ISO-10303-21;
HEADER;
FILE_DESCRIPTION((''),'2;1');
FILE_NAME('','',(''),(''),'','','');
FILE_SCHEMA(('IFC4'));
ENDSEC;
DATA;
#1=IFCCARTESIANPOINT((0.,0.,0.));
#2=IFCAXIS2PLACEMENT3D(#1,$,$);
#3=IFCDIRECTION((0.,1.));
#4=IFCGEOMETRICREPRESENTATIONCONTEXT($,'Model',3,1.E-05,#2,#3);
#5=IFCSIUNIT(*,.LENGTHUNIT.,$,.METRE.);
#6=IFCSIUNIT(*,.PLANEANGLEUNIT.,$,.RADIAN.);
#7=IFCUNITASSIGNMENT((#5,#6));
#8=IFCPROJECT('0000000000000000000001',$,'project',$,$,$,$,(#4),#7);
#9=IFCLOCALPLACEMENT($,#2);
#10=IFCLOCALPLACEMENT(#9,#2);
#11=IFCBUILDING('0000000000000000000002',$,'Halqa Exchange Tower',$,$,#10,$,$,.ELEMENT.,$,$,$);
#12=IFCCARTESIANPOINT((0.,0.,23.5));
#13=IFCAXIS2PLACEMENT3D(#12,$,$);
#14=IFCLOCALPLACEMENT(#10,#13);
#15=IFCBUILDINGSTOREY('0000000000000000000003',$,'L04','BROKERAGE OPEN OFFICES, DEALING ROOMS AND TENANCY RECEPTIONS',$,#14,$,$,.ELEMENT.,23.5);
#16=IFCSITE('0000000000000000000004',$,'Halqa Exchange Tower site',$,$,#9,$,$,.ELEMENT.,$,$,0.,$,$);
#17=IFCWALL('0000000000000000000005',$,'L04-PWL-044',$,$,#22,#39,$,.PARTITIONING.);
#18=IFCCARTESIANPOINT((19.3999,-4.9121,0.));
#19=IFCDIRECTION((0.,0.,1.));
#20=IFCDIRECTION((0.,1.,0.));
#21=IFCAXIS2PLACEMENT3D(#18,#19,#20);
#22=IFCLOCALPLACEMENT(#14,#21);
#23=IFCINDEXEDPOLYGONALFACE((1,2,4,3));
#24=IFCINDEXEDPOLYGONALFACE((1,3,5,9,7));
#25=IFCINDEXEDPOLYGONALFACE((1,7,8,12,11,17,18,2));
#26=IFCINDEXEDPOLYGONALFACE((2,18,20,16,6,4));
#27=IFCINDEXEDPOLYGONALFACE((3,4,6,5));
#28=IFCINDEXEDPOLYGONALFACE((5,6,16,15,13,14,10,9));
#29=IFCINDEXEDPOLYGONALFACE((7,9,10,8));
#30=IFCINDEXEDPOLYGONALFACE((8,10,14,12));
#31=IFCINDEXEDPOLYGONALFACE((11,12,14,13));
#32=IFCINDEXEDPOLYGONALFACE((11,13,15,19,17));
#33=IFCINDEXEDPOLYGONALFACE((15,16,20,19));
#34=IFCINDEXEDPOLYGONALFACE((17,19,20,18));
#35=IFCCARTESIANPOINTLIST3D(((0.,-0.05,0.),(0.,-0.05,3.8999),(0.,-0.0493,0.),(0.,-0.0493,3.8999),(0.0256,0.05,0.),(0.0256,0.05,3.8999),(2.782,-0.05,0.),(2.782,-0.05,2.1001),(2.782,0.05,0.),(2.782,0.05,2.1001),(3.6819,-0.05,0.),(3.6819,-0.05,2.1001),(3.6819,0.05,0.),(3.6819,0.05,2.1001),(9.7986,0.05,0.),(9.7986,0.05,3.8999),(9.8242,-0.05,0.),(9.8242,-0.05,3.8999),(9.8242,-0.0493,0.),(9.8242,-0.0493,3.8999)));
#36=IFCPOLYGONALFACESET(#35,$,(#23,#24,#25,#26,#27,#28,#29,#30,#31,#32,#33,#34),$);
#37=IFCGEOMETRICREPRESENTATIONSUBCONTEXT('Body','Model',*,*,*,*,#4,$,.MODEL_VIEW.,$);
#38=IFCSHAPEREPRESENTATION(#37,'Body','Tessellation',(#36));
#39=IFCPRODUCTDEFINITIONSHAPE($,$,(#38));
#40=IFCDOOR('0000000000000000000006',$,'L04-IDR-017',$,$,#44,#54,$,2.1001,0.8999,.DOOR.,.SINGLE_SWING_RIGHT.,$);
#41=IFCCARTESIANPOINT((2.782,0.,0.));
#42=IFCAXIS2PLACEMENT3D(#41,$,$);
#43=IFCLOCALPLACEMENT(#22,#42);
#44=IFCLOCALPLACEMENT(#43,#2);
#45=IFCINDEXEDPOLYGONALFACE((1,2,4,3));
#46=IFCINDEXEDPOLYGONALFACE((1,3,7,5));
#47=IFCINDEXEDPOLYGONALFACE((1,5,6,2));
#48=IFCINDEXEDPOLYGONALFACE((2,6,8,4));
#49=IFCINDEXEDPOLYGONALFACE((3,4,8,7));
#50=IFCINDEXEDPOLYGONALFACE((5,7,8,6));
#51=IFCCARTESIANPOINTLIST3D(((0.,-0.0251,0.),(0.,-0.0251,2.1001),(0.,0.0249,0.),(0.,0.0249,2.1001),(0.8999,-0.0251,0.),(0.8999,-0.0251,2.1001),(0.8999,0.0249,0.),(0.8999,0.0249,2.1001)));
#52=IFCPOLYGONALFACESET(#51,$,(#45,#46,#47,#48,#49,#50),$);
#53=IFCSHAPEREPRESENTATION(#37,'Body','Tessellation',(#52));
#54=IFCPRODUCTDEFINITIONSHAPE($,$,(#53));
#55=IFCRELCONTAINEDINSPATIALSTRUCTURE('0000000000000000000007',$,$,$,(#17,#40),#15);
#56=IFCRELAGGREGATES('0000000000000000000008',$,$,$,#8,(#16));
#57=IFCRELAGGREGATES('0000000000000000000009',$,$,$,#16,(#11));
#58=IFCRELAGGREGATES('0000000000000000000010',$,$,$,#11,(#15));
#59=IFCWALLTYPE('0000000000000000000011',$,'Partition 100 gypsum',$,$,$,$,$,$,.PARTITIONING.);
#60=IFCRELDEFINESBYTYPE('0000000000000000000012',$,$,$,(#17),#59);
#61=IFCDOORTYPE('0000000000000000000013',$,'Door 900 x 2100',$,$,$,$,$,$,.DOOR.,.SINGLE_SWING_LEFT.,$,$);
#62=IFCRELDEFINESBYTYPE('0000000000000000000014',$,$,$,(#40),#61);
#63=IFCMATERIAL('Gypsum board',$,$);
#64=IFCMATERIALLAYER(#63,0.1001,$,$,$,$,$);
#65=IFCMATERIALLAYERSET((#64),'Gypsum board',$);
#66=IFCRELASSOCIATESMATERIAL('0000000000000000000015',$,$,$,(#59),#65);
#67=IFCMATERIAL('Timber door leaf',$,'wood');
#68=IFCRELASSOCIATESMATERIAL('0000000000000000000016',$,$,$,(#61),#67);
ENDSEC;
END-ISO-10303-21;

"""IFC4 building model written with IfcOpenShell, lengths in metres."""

from ifc_helpers import new_model, si_unit, direction, frame, frame_2d, origin, place, context, subcontext, project, spatial, polyline, rectangle, outline, extrude, material, layer, layer_set, type_object, element, fill, save


model = new_model("IFC4")

# Units and contexts
model_context = context("Model", 3, precision=1e-05, world=origin(), true_north=direction((0.0, 1.0)))
body_context = subcontext(model_context, "Body", "Model", "MODEL_VIEW")
ifc_project = project(units=[si_unit("LENGTHUNIT", "METRE"), si_unit("PLANEANGLEUNIT", "RADIAN")], contexts=[model_context])

# Site, building, storey
site_placement = place(None, origin())
site = spatial("IfcSite", under=ifc_project, at=site_placement, Name="Halqa Exchange Tower site", CompositionType="ELEMENT", RefElevation=0.0)
building_placement = place(site_placement, origin())
building = spatial("IfcBuilding", under=site, at=building_placement, Name="Halqa Exchange Tower", CompositionType="ELEMENT")
storey_placement = place(building_placement, frame((0.0, 0.0, 23.5)))
storey = spatial("IfcBuildingStorey", under=building, at=storey_placement, Name="L04", Description="BROKERAGE OPEN OFFICES, DEALING ROOMS AND TENANCY RECEPTIONS", CompositionType="ELEMENT", Elevation=23.5)

# Wall, opening, door
ifc_material_1 = material(Name="Gypsum board")
ifc_layer_1 = layer(ifc_material_1, 0.1001)
ifc_layer_set_1 = layer_set([ifc_layer_1], Name="Gypsum board")
wall_type_1 = type_object("IfcWallType", Name="Partition 100 gypsum", PredefinedType="PARTITIONING", material=ifc_layer_set_1)
wall_1_placement = place(storey_placement, frame((19.3999, -4.9121, 0.0), z_axis=(0.0, 0.0, 1.0), x_axis=(0.0, 1.0, 0.0)))
wall_1 = element("IfcWall", 1, at=wall_1_placement, inside=storey, type_object=wall_type_1, Name="L04-PWL-044", PredefinedType="PARTITIONING", context=body_context, shape_type="SweptSolid", body=[
    extrude(outline(polyline([(9.8242, -0.05), (9.8242, -0.0493), (9.7986, 0.05), (7.844, 0.05), (5.8894, 0.05), (3.9348, 0.05), (1.9802, 0.05), (0.0256, 0.05), (0.0, -0.0493), (0.0, -0.05), (1.9648, -0.05), (3.9297, -0.05), (5.8945, -0.05), (7.8594, -0.05), (9.8242, -0.05)])), origin(), (0.0, 0.0, 1.0), 3.8999),
])
opening_1_placement = place(wall_1_placement, frame((2.782, 0.0, 0.0)))
opening_1 = element("IfcOpeningElement", 2, at=opening_1_placement, cuts=wall_1, PredefinedType="OPENING", context=body_context, shape_type="SweptSolid", body=[
    extrude(rectangle(XDim=0.8999, YDim=2.1001, at=frame_2d((0.45, 1.05))), frame((0.0, 0.062, 0.0), z_axis=(0.0, -1.0, 0.0), x_axis=(1.0, 0.0, 0.0)), (0.0, 0.0, 1.0), 0.124),
])
ifc_material_2 = material(Name="Timber door leaf", Category="wood")
door_type_1 = type_object("IfcDoorType", Name="Door 900 x 2100", OperationType="SINGLE_SWING_LEFT", PredefinedType="DOOR", material=ifc_material_2)
door_1_placement = place(opening_1_placement, origin())
door_1 = element("IfcDoor", 3, at=door_1_placement, inside=storey, type_object=door_type_1, Name="L04-IDR-017", OperationType="SINGLE_SWING_RIGHT", OverallHeight=2.1001, OverallWidth=0.8999, PredefinedType="DOOR", context=body_context, shape_type="SweptSolid", body=[
    extrude(rectangle(XDim=0.8999, YDim=2.1001, at=frame_2d((0.45, 1.05))), frame((0.0, 0.0249, 0.0), z_axis=(0.0, -1.0, 0.0), x_axis=(1.0, 0.0, 0.0)), (0.0, 0.0, 1.0), 0.05),
])
fill(opening_1, door_1)

save(model, "model.ifc")
